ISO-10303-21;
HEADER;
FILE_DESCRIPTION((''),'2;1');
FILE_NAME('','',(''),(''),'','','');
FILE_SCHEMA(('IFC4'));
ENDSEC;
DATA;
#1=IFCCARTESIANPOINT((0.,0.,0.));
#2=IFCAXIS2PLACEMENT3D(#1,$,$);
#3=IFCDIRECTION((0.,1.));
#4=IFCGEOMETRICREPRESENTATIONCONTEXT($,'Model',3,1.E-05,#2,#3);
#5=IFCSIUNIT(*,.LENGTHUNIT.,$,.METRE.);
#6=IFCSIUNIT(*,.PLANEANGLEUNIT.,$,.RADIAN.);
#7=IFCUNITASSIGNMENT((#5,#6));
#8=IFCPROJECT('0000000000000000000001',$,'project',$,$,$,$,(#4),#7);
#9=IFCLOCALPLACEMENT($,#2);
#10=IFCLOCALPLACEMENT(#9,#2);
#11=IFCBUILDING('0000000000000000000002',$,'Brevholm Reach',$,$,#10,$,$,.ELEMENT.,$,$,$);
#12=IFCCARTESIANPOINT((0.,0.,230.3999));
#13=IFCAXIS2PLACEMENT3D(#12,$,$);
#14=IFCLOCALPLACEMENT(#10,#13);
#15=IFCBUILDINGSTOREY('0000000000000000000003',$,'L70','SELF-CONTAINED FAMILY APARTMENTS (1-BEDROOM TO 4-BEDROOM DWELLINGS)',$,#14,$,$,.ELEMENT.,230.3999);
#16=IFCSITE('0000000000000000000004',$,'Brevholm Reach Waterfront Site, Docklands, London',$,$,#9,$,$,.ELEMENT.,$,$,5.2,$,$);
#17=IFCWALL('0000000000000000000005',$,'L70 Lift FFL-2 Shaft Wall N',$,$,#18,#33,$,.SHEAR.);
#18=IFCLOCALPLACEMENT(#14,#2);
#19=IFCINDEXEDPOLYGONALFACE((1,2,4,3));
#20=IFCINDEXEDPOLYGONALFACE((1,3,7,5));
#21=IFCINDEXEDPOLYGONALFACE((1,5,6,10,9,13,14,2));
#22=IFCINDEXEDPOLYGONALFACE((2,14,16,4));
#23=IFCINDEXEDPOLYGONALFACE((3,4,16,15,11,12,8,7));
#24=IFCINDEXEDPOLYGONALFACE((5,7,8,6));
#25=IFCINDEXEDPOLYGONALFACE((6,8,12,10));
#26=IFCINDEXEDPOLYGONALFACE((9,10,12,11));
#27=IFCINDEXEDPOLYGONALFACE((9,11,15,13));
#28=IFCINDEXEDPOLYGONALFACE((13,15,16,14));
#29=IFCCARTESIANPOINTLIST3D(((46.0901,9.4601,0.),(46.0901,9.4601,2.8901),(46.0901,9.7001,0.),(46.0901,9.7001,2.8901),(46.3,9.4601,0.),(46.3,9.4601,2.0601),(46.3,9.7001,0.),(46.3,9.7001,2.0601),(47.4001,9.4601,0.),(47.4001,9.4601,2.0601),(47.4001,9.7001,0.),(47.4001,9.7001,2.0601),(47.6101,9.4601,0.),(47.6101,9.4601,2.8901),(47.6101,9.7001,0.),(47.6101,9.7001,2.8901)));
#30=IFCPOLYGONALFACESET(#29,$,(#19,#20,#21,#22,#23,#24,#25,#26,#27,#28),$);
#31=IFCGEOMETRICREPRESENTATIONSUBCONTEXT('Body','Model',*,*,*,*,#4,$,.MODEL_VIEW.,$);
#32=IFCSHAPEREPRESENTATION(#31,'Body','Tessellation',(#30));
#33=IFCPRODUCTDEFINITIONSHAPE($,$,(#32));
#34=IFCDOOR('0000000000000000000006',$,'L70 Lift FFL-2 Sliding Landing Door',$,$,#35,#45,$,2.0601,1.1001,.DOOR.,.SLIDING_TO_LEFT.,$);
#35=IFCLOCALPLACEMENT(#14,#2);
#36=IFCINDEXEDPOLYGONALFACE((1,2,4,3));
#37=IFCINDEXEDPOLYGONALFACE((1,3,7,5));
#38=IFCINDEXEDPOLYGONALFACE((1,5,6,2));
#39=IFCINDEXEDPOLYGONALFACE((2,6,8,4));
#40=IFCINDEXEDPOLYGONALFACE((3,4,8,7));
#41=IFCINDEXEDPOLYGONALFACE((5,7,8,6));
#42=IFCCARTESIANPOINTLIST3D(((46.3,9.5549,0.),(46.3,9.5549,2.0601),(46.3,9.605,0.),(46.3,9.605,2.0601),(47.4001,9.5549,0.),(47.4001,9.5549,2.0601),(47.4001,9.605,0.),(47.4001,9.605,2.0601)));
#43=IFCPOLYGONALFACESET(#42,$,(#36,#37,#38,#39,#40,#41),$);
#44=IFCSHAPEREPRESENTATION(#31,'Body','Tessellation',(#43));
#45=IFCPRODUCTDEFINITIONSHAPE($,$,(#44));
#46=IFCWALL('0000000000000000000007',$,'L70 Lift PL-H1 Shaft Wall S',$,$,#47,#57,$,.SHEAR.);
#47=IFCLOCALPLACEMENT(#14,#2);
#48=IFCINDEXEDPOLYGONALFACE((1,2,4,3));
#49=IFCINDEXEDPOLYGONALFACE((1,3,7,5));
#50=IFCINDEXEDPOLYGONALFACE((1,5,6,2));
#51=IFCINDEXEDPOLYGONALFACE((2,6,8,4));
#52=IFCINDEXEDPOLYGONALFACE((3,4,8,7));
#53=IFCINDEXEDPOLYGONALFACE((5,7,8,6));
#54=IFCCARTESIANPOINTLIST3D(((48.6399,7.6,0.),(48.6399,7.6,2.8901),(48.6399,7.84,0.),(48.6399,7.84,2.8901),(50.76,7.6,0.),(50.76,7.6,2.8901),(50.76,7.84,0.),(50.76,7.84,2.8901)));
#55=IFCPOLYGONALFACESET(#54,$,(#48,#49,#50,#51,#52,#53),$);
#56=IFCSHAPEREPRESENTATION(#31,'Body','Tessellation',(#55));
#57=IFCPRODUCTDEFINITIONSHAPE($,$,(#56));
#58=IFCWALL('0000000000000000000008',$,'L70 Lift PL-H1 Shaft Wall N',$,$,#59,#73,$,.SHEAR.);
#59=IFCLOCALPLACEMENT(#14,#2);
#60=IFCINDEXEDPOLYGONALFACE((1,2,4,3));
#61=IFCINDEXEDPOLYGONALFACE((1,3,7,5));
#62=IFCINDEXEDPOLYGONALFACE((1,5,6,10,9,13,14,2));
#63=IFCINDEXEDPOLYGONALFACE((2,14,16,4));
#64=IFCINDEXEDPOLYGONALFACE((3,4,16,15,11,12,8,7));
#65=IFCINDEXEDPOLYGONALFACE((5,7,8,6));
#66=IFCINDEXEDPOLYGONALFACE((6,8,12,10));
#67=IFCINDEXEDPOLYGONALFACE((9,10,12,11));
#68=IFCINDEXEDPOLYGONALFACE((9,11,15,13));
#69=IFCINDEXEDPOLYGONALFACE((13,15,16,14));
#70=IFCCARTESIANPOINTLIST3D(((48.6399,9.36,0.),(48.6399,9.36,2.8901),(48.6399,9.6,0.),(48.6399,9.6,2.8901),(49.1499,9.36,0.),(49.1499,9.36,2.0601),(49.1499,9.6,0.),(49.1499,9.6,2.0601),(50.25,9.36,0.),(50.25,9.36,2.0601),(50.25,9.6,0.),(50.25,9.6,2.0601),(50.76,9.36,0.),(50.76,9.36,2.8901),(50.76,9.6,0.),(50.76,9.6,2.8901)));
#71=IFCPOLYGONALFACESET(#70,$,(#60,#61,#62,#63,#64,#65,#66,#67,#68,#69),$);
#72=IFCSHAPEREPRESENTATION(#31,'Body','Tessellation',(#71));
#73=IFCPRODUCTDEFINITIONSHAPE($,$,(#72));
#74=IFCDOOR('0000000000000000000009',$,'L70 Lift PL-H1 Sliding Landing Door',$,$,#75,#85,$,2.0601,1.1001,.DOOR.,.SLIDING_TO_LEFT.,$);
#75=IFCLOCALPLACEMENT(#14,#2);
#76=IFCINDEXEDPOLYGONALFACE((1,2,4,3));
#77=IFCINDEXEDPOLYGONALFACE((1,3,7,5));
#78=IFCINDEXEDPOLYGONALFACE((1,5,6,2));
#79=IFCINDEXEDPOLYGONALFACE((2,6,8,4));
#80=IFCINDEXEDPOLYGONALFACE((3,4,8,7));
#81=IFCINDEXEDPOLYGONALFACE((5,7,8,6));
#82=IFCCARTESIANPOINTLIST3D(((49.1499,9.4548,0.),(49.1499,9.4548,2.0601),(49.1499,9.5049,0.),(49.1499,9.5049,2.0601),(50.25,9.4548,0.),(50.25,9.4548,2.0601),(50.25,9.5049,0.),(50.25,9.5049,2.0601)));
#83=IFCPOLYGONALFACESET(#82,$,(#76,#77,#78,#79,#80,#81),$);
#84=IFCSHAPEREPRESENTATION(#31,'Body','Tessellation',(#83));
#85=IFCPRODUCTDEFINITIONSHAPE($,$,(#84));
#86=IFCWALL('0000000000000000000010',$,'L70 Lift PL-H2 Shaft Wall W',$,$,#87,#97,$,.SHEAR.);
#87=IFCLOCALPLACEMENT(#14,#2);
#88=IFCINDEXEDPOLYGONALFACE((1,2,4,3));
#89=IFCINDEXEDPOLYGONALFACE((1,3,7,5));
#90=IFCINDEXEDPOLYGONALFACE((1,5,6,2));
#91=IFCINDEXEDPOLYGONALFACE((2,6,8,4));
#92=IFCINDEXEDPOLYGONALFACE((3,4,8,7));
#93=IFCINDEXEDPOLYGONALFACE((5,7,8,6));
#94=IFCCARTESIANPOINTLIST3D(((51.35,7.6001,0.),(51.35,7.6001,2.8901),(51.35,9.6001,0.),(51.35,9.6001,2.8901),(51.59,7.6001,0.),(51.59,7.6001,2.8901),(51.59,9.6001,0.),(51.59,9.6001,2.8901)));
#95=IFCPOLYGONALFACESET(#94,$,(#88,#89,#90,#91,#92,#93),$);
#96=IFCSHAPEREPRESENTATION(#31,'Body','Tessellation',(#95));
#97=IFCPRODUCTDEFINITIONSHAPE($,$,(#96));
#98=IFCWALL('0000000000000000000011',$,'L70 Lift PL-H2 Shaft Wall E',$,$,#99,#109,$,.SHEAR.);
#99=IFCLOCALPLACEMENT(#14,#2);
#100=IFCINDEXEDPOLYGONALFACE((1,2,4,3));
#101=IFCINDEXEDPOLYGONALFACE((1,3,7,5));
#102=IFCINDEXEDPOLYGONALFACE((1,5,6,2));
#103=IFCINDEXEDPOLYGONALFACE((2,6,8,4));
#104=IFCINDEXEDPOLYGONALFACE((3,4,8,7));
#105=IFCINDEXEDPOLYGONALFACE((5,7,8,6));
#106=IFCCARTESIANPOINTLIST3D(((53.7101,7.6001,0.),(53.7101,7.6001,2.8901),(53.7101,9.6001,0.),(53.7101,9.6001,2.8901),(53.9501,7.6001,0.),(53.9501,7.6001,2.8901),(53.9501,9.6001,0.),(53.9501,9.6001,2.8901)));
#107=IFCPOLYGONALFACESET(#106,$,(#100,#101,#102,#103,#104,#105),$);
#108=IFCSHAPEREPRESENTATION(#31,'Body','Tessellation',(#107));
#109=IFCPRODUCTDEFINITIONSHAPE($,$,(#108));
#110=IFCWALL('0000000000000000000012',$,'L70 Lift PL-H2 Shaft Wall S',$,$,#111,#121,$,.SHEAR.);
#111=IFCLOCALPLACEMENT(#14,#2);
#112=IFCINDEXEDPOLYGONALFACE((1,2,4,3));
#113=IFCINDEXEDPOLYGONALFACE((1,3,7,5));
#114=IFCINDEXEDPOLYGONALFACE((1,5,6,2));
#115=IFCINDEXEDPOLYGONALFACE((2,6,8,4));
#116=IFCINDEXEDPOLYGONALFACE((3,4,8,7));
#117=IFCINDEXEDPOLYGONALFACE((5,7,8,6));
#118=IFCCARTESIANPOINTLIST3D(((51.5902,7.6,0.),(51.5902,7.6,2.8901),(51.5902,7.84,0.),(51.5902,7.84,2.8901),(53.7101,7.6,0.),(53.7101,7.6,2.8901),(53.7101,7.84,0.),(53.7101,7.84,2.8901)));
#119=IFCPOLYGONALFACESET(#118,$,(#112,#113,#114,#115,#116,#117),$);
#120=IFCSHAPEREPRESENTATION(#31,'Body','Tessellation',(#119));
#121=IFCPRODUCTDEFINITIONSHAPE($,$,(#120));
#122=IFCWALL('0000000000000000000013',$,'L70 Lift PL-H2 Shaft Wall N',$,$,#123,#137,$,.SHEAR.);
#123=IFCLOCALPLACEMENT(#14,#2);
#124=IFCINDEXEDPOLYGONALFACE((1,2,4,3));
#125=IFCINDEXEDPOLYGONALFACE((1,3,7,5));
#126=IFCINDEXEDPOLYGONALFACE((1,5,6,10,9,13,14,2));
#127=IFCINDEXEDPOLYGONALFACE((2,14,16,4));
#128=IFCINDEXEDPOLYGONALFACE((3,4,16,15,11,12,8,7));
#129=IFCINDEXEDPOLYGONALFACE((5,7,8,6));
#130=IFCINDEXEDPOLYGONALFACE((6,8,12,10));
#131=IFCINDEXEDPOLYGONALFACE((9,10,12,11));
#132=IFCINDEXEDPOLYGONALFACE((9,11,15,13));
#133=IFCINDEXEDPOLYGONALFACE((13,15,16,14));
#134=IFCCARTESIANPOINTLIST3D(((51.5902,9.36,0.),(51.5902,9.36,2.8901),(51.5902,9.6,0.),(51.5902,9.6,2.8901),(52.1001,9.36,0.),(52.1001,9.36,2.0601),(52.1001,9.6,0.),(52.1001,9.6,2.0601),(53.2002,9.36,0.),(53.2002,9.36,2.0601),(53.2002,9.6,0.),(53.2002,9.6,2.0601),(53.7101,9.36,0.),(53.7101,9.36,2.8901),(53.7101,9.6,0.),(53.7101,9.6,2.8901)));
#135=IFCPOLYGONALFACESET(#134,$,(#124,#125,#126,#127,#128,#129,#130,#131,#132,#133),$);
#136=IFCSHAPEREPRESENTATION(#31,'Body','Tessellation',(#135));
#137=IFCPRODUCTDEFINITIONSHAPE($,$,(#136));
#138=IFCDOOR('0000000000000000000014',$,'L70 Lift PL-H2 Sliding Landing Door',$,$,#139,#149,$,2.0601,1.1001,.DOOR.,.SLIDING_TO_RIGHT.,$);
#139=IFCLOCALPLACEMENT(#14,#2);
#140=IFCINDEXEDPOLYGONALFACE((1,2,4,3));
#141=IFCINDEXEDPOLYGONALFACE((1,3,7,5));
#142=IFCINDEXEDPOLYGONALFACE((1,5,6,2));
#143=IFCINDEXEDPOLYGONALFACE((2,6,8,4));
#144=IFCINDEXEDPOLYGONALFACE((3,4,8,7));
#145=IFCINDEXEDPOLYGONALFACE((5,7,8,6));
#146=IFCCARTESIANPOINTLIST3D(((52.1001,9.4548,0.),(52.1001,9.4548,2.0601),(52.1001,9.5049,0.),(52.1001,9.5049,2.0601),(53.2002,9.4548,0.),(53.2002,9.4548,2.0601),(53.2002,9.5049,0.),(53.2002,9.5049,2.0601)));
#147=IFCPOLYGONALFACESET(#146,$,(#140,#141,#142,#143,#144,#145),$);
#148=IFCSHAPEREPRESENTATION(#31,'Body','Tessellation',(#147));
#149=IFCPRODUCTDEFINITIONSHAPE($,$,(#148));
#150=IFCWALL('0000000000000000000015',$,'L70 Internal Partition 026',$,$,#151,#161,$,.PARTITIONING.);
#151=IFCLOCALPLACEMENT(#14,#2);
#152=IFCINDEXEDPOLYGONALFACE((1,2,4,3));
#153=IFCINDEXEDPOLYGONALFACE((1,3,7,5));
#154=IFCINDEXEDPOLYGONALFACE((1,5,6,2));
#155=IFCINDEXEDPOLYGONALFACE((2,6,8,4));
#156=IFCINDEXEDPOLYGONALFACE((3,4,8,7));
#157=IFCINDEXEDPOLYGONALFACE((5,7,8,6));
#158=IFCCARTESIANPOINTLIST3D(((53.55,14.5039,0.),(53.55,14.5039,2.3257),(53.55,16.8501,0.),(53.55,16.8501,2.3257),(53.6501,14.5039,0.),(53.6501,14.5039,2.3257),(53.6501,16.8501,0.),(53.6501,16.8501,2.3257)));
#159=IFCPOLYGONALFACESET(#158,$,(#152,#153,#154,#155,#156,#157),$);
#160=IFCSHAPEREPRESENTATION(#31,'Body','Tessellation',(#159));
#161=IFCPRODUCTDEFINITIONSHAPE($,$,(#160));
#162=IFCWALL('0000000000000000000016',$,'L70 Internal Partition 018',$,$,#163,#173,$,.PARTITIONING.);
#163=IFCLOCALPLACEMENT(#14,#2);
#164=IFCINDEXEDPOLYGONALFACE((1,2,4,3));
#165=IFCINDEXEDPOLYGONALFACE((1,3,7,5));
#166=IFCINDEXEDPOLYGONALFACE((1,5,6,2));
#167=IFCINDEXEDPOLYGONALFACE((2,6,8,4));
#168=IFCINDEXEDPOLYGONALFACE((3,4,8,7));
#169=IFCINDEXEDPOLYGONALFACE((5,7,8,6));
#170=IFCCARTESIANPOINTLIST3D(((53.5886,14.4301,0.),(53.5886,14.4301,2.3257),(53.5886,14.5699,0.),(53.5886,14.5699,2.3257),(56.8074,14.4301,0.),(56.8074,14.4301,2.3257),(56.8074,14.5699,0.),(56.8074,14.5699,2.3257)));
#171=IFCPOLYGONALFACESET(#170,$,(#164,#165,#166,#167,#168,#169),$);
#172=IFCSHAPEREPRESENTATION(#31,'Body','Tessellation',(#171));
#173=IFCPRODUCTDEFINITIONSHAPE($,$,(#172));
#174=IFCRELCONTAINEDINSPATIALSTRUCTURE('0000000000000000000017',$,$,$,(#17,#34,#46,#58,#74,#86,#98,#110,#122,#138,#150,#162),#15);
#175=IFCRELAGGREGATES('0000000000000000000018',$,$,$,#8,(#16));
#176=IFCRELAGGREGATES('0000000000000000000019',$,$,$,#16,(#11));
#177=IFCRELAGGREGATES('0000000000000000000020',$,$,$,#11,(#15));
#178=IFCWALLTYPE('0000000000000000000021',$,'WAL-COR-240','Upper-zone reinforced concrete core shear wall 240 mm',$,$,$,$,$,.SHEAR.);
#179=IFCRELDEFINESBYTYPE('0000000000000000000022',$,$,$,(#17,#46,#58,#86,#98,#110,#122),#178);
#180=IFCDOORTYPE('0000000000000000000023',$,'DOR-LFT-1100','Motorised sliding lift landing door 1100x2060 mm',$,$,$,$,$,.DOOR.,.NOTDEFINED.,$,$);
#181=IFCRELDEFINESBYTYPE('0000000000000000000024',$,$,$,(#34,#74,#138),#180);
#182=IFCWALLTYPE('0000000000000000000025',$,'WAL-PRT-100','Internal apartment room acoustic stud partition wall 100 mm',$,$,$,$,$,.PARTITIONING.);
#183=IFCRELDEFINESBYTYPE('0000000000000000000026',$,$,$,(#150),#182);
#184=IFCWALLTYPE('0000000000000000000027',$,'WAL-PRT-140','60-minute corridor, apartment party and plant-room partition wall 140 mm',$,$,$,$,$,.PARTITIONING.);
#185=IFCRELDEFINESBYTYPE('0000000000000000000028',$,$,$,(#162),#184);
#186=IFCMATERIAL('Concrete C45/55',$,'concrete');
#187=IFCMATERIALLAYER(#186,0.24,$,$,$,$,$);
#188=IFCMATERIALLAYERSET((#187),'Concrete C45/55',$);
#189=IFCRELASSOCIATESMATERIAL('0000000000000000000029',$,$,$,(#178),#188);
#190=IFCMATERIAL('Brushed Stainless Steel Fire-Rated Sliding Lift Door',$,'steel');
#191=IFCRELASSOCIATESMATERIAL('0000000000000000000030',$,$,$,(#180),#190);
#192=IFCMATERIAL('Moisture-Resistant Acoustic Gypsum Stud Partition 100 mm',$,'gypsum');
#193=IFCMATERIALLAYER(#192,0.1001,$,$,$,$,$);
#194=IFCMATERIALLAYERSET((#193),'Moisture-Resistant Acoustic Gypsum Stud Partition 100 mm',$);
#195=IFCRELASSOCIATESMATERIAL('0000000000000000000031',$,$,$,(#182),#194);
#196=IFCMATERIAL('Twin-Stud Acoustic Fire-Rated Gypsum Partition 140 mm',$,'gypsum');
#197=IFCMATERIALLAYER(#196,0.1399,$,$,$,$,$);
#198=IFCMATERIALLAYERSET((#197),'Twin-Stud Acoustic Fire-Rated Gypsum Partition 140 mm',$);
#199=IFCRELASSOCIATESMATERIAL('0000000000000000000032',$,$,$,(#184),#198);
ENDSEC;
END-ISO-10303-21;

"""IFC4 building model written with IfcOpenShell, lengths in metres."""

from ifc_helpers import new_model, si_unit, direction, frame, frame_2d, origin, place, context, subcontext, project, spatial, rectangle, extrude, material, layer, layer_set, type_object, element, fill, save


model = new_model("IFC4")

# Units and contexts
model_context = context("Model", 3, precision=1e-05, world=origin(), true_north=direction((0.0, 1.0)))
body_context = subcontext(model_context, "Body", "Model", "MODEL_VIEW")
ifc_project = project(units=[si_unit("LENGTHUNIT", "METRE"), si_unit("PLANEANGLEUNIT", "RADIAN")], contexts=[model_context])

# Site, building, storey
site_placement = place(None, origin())
site = spatial("IfcSite", under=ifc_project, at=site_placement, Name="Brevholm Reach Waterfront Site, Docklands, London", CompositionType="ELEMENT", RefElevation=5.2)
building_placement = place(site_placement, origin())
building = spatial("IfcBuilding", under=site, at=building_placement, Name="Brevholm Reach", CompositionType="ELEMENT")
storey_placement = place(building_placement, frame((0.0, 0.0, 230.3999)))
storey = spatial("IfcBuildingStorey", under=building, at=storey_placement, Name="L70", Description="SELF-CONTAINED FAMILY APARTMENTS (1-BEDROOM TO 4-BEDROOM DWELLINGS)", CompositionType="ELEMENT", Elevation=230.3999)

# Wall, opening, door
ifc_material_1 = material(Name="Concrete C45/55", Category="concrete")
ifc_layer_1 = layer(ifc_material_1, 0.24)
ifc_layer_set_1 = layer_set([ifc_layer_1], Name="Concrete C45/55")
wall_type_1 = type_object("IfcWallType", Name="WAL-COR-240", Description="Upper-zone reinforced concrete core shear wall 240 mm", PredefinedType="SHEAR", material=ifc_layer_set_1)
wall_1_placement = place(storey_placement, frame((46.0901, 9.5801, 0.0), z_axis=(0.0, 0.0, 1.0), x_axis=(1.0, 0.0, 0.0)))
wall_1 = element("IfcWall", 1, at=wall_1_placement, inside=storey, type_object=wall_type_1, Name="L70 Lift FFL-2 Shaft Wall N", PredefinedType="SHEAR", context=body_context, shape_type="SweptSolid", body=[
    extrude(rectangle(XDim=1.52, YDim=0.24, at=frame_2d((0.76, 0.0))), origin(), (0.0, 0.0, 1.0), 2.8901),
])
opening_1_placement = place(wall_1_placement, frame((0.21, 0.0, 0.0)))
opening_1 = element("IfcOpeningElement", 2, at=opening_1_placement, cuts=wall_1, PredefinedType="OPENING", context=body_context, shape_type="SweptSolid", body=[
    extrude(rectangle(XDim=1.1001, YDim=2.0601, at=frame_2d((0.55, 1.03))), frame((0.0, 0.1299, 0.0), z_axis=(0.0, -1.0, 0.0), x_axis=(1.0, 0.0, 0.0)), (0.0, 0.0, 1.0), 0.26),
])
ifc_material_2 = material(Name="Brushed Stainless Steel Fire-Rated Sliding Lift Door", Category="steel")
door_type_1 = type_object("IfcDoorType", Name="DOR-LFT-1100", Description="Motorised sliding lift landing door 1100x2060 mm", OperationType="NOTDEFINED", PredefinedType="DOOR", material=ifc_material_2)
door_1_placement = place(opening_1_placement, origin())
door_1 = element("IfcDoor", 3, at=door_1_placement, inside=storey, type_object=door_type_1, Name="L70 Lift FFL-2 Sliding Landing Door", OperationType="SLIDING_TO_LEFT", OverallHeight=2.0601, OverallWidth=1.1001, PredefinedType="DOOR", context=body_context, shape_type="SweptSolid", body=[
    extrude(rectangle(XDim=1.1001, YDim=2.0601, at=frame_2d((0.55, 1.03))), frame((0.0, 0.0249, 0.0), z_axis=(0.0, -1.0, 0.0), x_axis=(1.0, 0.0, 0.0)), (0.0, 0.0, 1.0), 0.05),
])
fill(opening_1, door_1)

# Wall
wall_2_placement = place(storey_placement, frame((48.6399, 7.72, 0.0), z_axis=(0.0, 0.0, 1.0), x_axis=(1.0, 0.0, 0.0)))
element("IfcWall", 4, at=wall_2_placement, inside=storey, type_object=wall_type_1, Name="L70 Lift PL-H1 Shaft Wall S", PredefinedType="SHEAR", context=body_context, shape_type="SweptSolid", body=[
    extrude(rectangle(XDim=2.1201, YDim=0.24, at=frame_2d((1.0601, 0.0))), origin(), (0.0, 0.0, 1.0), 2.8901),
])

# Wall, opening, door
wall_3_placement = place(storey_placement, frame((48.6399, 9.48, 0.0), z_axis=(0.0, 0.0, 1.0), x_axis=(1.0, 0.0, 0.0)))
wall_3 = element("IfcWall", 5, at=wall_3_placement, inside=storey, type_object=wall_type_1, Name="L70 Lift PL-H1 Shaft Wall N", PredefinedType="SHEAR", context=body_context, shape_type="SweptSolid", body=[
    extrude(rectangle(XDim=2.1201, YDim=0.24, at=frame_2d((1.0601, 0.0))), origin(), (0.0, 0.0, 1.0), 2.8901),
])
opening_2_placement = place(wall_3_placement, frame((0.51, 0.0, 0.0)))
opening_2 = element("IfcOpeningElement", 6, at=opening_2_placement, cuts=wall_3, PredefinedType="OPENING", context=body_context, shape_type="SweptSolid", body=[
    extrude(rectangle(XDim=1.1001, YDim=2.0601, at=frame_2d((0.55, 1.03))), frame((0.0, 0.1299, 0.0), z_axis=(0.0, -1.0, 0.0), x_axis=(1.0, 0.0, 0.0)), (0.0, 0.0, 1.0), 0.26),
])
door_2_placement = place(opening_2_placement, origin())
door_2 = element("IfcDoor", 7, at=door_2_placement, inside=storey, type_object=door_type_1, Name="L70 Lift PL-H1 Sliding Landing Door", OperationType="SLIDING_TO_LEFT", OverallHeight=2.0601, OverallWidth=1.1001, PredefinedType="DOOR", context=body_context, shape_type="SweptSolid", body=[
    extrude(rectangle(XDim=1.1001, YDim=2.0601, at=frame_2d((0.55, 1.03))), frame((0.0, 0.0249, 0.0), z_axis=(0.0, -1.0, 0.0), x_axis=(1.0, 0.0, 0.0)), (0.0, 0.0, 1.0), 0.05),
])
fill(opening_2, door_2)

# Walls
for number, where, z_axis, x_axis, name in (
    (8, (51.47, 7.6001, 0.0), (0.0, 0.0, 1.0), (0.0, 1.0, 0.0), "L70 Lift PL-H2 Shaft Wall W"),
    (9, (53.8301, 7.6001, 0.0), (0.0, 0.0, 1.0), (0.0, 1.0, 0.0), "L70 Lift PL-H2 Shaft Wall E"),
):
    element("IfcWall", number, at=place(storey_placement, frame(where, z_axis=z_axis, x_axis=x_axis)), inside=storey, type_object=wall_type_1, Name=name, PredefinedType="SHEAR", context=body_context, shape_type="SweptSolid", body=[
        extrude(rectangle(XDim=2.0, YDim=0.24, at=frame_2d((1.0, 0.0))), origin(), (0.0, 0.0, 1.0), 2.8901),
    ])
wall_4_placement = place(storey_placement, frame((51.5901, 7.72, 0.0), z_axis=(0.0, 0.0, 1.0), x_axis=(1.0, 0.0, 0.0)))
element("IfcWall", 10, at=wall_4_placement, inside=storey, type_object=wall_type_1, Name="L70 Lift PL-H2 Shaft Wall S", PredefinedType="SHEAR", context=body_context, shape_type="SweptSolid", body=[
    extrude(rectangle(XDim=2.1199, YDim=0.24, at=frame_2d((1.0601, 0.0))), origin(), (0.0, 0.0, 1.0), 2.8901),
])

# Wall, opening, door
wall_5_placement = place(storey_placement, frame((51.5901, 9.48, 0.0), z_axis=(0.0, 0.0, 1.0), x_axis=(1.0, 0.0, 0.0)))
wall_5 = element("IfcWall", 11, at=wall_5_placement, inside=storey, type_object=wall_type_1, Name="L70 Lift PL-H2 Shaft Wall N", PredefinedType="SHEAR", context=body_context, shape_type="SweptSolid", body=[
    extrude(rectangle(XDim=2.1199, YDim=0.24, at=frame_2d((1.0601, 0.0))), origin(), (0.0, 0.0, 1.0), 2.8901),
])
opening_3_placement = place(wall_5_placement, frame((0.51, 0.0, 0.0)))
opening_3 = element("IfcOpeningElement", 12, at=opening_3_placement, cuts=wall_5, PredefinedType="OPENING", context=body_context, shape_type="SweptSolid", body=[
    extrude(rectangle(XDim=1.1001, YDim=2.0601, at=frame_2d((0.55, 1.03))), frame((0.0, 0.1299, 0.0), z_axis=(0.0, -1.0, 0.0), x_axis=(1.0, 0.0, 0.0)), (0.0, 0.0, 1.0), 0.26),
])
door_3_placement = place(opening_3_placement, origin())
door_3 = element("IfcDoor", 13, at=door_3_placement, inside=storey, type_object=door_type_1, Name="L70 Lift PL-H2 Sliding Landing Door", OperationType="SLIDING_TO_RIGHT", OverallHeight=2.0601, OverallWidth=1.1001, PredefinedType="DOOR", context=body_context, shape_type="SweptSolid", body=[
    extrude(rectangle(XDim=1.1001, YDim=2.0601, at=frame_2d((0.55, 1.03))), frame((0.0, 0.0249, 0.0), z_axis=(0.0, -1.0, 0.0), x_axis=(1.0, 0.0, 0.0)), (0.0, 0.0, 1.0), 0.05),
])
fill(opening_3, door_3)

# Walls
ifc_material_3 = material(Name="Moisture-Resistant Acoustic Gypsum Stud Partition 100 mm", Category="gypsum")
ifc_layer_2 = layer(ifc_material_3, 0.1001)
ifc_layer_set_2 = layer_set([ifc_layer_2], Name="Moisture-Resistant Acoustic Gypsum Stud Partition 100 mm")
wall_type_2 = type_object("IfcWallType", Name="WAL-PRT-100", Description="Internal apartment room acoustic stud partition wall 100 mm", PredefinedType="PARTITIONING", material=ifc_layer_set_2)
wall_6_placement = place(storey_placement, frame((53.6001, 14.5039, 0.0), z_axis=(0.0, 0.0, 1.0), x_axis=(0.0, 1.0, 0.0)))
element("IfcWall", 14, at=wall_6_placement, inside=storey, type_object=wall_type_2, Name="L70 Internal Partition 026", PredefinedType="PARTITIONING", context=body_context, shape_type="SweptSolid", body=[
    extrude(rectangle(XDim=2.3462, YDim=0.1001, at=frame_2d((1.1731, 0.0))), origin(), (0.0, 0.0, 1.0), 2.3257),
])
ifc_material_4 = material(Name="Twin-Stud Acoustic Fire-Rated Gypsum Partition 140 mm", Category="gypsum")
ifc_layer_3 = layer(ifc_material_4, 0.1399)
ifc_layer_set_3 = layer_set([ifc_layer_3], Name="Twin-Stud Acoustic Fire-Rated Gypsum Partition 140 mm")
wall_type_3 = type_object("IfcWallType", Name="WAL-PRT-140", Description="60-minute corridor, apartment party and plant-room partition wall 140 mm", PredefinedType="PARTITIONING", material=ifc_layer_set_3)
wall_7_placement = place(storey_placement, frame((53.5886, 14.5, 0.0), z_axis=(0.0, 0.0, 1.0), x_axis=(1.0, 0.0, 0.0)))
element("IfcWall", 15, at=wall_7_placement, inside=storey, type_object=wall_type_3, Name="L70 Internal Partition 018", PredefinedType="PARTITIONING", context=body_context, shape_type="SweptSolid", body=[
    extrude(rectangle(XDim=3.2188, YDim=0.1399, at=frame_2d((1.6094, 0.0))), origin(), (0.0, 0.0, 1.0), 2.3257),
])

save(model, "model.ifc")
